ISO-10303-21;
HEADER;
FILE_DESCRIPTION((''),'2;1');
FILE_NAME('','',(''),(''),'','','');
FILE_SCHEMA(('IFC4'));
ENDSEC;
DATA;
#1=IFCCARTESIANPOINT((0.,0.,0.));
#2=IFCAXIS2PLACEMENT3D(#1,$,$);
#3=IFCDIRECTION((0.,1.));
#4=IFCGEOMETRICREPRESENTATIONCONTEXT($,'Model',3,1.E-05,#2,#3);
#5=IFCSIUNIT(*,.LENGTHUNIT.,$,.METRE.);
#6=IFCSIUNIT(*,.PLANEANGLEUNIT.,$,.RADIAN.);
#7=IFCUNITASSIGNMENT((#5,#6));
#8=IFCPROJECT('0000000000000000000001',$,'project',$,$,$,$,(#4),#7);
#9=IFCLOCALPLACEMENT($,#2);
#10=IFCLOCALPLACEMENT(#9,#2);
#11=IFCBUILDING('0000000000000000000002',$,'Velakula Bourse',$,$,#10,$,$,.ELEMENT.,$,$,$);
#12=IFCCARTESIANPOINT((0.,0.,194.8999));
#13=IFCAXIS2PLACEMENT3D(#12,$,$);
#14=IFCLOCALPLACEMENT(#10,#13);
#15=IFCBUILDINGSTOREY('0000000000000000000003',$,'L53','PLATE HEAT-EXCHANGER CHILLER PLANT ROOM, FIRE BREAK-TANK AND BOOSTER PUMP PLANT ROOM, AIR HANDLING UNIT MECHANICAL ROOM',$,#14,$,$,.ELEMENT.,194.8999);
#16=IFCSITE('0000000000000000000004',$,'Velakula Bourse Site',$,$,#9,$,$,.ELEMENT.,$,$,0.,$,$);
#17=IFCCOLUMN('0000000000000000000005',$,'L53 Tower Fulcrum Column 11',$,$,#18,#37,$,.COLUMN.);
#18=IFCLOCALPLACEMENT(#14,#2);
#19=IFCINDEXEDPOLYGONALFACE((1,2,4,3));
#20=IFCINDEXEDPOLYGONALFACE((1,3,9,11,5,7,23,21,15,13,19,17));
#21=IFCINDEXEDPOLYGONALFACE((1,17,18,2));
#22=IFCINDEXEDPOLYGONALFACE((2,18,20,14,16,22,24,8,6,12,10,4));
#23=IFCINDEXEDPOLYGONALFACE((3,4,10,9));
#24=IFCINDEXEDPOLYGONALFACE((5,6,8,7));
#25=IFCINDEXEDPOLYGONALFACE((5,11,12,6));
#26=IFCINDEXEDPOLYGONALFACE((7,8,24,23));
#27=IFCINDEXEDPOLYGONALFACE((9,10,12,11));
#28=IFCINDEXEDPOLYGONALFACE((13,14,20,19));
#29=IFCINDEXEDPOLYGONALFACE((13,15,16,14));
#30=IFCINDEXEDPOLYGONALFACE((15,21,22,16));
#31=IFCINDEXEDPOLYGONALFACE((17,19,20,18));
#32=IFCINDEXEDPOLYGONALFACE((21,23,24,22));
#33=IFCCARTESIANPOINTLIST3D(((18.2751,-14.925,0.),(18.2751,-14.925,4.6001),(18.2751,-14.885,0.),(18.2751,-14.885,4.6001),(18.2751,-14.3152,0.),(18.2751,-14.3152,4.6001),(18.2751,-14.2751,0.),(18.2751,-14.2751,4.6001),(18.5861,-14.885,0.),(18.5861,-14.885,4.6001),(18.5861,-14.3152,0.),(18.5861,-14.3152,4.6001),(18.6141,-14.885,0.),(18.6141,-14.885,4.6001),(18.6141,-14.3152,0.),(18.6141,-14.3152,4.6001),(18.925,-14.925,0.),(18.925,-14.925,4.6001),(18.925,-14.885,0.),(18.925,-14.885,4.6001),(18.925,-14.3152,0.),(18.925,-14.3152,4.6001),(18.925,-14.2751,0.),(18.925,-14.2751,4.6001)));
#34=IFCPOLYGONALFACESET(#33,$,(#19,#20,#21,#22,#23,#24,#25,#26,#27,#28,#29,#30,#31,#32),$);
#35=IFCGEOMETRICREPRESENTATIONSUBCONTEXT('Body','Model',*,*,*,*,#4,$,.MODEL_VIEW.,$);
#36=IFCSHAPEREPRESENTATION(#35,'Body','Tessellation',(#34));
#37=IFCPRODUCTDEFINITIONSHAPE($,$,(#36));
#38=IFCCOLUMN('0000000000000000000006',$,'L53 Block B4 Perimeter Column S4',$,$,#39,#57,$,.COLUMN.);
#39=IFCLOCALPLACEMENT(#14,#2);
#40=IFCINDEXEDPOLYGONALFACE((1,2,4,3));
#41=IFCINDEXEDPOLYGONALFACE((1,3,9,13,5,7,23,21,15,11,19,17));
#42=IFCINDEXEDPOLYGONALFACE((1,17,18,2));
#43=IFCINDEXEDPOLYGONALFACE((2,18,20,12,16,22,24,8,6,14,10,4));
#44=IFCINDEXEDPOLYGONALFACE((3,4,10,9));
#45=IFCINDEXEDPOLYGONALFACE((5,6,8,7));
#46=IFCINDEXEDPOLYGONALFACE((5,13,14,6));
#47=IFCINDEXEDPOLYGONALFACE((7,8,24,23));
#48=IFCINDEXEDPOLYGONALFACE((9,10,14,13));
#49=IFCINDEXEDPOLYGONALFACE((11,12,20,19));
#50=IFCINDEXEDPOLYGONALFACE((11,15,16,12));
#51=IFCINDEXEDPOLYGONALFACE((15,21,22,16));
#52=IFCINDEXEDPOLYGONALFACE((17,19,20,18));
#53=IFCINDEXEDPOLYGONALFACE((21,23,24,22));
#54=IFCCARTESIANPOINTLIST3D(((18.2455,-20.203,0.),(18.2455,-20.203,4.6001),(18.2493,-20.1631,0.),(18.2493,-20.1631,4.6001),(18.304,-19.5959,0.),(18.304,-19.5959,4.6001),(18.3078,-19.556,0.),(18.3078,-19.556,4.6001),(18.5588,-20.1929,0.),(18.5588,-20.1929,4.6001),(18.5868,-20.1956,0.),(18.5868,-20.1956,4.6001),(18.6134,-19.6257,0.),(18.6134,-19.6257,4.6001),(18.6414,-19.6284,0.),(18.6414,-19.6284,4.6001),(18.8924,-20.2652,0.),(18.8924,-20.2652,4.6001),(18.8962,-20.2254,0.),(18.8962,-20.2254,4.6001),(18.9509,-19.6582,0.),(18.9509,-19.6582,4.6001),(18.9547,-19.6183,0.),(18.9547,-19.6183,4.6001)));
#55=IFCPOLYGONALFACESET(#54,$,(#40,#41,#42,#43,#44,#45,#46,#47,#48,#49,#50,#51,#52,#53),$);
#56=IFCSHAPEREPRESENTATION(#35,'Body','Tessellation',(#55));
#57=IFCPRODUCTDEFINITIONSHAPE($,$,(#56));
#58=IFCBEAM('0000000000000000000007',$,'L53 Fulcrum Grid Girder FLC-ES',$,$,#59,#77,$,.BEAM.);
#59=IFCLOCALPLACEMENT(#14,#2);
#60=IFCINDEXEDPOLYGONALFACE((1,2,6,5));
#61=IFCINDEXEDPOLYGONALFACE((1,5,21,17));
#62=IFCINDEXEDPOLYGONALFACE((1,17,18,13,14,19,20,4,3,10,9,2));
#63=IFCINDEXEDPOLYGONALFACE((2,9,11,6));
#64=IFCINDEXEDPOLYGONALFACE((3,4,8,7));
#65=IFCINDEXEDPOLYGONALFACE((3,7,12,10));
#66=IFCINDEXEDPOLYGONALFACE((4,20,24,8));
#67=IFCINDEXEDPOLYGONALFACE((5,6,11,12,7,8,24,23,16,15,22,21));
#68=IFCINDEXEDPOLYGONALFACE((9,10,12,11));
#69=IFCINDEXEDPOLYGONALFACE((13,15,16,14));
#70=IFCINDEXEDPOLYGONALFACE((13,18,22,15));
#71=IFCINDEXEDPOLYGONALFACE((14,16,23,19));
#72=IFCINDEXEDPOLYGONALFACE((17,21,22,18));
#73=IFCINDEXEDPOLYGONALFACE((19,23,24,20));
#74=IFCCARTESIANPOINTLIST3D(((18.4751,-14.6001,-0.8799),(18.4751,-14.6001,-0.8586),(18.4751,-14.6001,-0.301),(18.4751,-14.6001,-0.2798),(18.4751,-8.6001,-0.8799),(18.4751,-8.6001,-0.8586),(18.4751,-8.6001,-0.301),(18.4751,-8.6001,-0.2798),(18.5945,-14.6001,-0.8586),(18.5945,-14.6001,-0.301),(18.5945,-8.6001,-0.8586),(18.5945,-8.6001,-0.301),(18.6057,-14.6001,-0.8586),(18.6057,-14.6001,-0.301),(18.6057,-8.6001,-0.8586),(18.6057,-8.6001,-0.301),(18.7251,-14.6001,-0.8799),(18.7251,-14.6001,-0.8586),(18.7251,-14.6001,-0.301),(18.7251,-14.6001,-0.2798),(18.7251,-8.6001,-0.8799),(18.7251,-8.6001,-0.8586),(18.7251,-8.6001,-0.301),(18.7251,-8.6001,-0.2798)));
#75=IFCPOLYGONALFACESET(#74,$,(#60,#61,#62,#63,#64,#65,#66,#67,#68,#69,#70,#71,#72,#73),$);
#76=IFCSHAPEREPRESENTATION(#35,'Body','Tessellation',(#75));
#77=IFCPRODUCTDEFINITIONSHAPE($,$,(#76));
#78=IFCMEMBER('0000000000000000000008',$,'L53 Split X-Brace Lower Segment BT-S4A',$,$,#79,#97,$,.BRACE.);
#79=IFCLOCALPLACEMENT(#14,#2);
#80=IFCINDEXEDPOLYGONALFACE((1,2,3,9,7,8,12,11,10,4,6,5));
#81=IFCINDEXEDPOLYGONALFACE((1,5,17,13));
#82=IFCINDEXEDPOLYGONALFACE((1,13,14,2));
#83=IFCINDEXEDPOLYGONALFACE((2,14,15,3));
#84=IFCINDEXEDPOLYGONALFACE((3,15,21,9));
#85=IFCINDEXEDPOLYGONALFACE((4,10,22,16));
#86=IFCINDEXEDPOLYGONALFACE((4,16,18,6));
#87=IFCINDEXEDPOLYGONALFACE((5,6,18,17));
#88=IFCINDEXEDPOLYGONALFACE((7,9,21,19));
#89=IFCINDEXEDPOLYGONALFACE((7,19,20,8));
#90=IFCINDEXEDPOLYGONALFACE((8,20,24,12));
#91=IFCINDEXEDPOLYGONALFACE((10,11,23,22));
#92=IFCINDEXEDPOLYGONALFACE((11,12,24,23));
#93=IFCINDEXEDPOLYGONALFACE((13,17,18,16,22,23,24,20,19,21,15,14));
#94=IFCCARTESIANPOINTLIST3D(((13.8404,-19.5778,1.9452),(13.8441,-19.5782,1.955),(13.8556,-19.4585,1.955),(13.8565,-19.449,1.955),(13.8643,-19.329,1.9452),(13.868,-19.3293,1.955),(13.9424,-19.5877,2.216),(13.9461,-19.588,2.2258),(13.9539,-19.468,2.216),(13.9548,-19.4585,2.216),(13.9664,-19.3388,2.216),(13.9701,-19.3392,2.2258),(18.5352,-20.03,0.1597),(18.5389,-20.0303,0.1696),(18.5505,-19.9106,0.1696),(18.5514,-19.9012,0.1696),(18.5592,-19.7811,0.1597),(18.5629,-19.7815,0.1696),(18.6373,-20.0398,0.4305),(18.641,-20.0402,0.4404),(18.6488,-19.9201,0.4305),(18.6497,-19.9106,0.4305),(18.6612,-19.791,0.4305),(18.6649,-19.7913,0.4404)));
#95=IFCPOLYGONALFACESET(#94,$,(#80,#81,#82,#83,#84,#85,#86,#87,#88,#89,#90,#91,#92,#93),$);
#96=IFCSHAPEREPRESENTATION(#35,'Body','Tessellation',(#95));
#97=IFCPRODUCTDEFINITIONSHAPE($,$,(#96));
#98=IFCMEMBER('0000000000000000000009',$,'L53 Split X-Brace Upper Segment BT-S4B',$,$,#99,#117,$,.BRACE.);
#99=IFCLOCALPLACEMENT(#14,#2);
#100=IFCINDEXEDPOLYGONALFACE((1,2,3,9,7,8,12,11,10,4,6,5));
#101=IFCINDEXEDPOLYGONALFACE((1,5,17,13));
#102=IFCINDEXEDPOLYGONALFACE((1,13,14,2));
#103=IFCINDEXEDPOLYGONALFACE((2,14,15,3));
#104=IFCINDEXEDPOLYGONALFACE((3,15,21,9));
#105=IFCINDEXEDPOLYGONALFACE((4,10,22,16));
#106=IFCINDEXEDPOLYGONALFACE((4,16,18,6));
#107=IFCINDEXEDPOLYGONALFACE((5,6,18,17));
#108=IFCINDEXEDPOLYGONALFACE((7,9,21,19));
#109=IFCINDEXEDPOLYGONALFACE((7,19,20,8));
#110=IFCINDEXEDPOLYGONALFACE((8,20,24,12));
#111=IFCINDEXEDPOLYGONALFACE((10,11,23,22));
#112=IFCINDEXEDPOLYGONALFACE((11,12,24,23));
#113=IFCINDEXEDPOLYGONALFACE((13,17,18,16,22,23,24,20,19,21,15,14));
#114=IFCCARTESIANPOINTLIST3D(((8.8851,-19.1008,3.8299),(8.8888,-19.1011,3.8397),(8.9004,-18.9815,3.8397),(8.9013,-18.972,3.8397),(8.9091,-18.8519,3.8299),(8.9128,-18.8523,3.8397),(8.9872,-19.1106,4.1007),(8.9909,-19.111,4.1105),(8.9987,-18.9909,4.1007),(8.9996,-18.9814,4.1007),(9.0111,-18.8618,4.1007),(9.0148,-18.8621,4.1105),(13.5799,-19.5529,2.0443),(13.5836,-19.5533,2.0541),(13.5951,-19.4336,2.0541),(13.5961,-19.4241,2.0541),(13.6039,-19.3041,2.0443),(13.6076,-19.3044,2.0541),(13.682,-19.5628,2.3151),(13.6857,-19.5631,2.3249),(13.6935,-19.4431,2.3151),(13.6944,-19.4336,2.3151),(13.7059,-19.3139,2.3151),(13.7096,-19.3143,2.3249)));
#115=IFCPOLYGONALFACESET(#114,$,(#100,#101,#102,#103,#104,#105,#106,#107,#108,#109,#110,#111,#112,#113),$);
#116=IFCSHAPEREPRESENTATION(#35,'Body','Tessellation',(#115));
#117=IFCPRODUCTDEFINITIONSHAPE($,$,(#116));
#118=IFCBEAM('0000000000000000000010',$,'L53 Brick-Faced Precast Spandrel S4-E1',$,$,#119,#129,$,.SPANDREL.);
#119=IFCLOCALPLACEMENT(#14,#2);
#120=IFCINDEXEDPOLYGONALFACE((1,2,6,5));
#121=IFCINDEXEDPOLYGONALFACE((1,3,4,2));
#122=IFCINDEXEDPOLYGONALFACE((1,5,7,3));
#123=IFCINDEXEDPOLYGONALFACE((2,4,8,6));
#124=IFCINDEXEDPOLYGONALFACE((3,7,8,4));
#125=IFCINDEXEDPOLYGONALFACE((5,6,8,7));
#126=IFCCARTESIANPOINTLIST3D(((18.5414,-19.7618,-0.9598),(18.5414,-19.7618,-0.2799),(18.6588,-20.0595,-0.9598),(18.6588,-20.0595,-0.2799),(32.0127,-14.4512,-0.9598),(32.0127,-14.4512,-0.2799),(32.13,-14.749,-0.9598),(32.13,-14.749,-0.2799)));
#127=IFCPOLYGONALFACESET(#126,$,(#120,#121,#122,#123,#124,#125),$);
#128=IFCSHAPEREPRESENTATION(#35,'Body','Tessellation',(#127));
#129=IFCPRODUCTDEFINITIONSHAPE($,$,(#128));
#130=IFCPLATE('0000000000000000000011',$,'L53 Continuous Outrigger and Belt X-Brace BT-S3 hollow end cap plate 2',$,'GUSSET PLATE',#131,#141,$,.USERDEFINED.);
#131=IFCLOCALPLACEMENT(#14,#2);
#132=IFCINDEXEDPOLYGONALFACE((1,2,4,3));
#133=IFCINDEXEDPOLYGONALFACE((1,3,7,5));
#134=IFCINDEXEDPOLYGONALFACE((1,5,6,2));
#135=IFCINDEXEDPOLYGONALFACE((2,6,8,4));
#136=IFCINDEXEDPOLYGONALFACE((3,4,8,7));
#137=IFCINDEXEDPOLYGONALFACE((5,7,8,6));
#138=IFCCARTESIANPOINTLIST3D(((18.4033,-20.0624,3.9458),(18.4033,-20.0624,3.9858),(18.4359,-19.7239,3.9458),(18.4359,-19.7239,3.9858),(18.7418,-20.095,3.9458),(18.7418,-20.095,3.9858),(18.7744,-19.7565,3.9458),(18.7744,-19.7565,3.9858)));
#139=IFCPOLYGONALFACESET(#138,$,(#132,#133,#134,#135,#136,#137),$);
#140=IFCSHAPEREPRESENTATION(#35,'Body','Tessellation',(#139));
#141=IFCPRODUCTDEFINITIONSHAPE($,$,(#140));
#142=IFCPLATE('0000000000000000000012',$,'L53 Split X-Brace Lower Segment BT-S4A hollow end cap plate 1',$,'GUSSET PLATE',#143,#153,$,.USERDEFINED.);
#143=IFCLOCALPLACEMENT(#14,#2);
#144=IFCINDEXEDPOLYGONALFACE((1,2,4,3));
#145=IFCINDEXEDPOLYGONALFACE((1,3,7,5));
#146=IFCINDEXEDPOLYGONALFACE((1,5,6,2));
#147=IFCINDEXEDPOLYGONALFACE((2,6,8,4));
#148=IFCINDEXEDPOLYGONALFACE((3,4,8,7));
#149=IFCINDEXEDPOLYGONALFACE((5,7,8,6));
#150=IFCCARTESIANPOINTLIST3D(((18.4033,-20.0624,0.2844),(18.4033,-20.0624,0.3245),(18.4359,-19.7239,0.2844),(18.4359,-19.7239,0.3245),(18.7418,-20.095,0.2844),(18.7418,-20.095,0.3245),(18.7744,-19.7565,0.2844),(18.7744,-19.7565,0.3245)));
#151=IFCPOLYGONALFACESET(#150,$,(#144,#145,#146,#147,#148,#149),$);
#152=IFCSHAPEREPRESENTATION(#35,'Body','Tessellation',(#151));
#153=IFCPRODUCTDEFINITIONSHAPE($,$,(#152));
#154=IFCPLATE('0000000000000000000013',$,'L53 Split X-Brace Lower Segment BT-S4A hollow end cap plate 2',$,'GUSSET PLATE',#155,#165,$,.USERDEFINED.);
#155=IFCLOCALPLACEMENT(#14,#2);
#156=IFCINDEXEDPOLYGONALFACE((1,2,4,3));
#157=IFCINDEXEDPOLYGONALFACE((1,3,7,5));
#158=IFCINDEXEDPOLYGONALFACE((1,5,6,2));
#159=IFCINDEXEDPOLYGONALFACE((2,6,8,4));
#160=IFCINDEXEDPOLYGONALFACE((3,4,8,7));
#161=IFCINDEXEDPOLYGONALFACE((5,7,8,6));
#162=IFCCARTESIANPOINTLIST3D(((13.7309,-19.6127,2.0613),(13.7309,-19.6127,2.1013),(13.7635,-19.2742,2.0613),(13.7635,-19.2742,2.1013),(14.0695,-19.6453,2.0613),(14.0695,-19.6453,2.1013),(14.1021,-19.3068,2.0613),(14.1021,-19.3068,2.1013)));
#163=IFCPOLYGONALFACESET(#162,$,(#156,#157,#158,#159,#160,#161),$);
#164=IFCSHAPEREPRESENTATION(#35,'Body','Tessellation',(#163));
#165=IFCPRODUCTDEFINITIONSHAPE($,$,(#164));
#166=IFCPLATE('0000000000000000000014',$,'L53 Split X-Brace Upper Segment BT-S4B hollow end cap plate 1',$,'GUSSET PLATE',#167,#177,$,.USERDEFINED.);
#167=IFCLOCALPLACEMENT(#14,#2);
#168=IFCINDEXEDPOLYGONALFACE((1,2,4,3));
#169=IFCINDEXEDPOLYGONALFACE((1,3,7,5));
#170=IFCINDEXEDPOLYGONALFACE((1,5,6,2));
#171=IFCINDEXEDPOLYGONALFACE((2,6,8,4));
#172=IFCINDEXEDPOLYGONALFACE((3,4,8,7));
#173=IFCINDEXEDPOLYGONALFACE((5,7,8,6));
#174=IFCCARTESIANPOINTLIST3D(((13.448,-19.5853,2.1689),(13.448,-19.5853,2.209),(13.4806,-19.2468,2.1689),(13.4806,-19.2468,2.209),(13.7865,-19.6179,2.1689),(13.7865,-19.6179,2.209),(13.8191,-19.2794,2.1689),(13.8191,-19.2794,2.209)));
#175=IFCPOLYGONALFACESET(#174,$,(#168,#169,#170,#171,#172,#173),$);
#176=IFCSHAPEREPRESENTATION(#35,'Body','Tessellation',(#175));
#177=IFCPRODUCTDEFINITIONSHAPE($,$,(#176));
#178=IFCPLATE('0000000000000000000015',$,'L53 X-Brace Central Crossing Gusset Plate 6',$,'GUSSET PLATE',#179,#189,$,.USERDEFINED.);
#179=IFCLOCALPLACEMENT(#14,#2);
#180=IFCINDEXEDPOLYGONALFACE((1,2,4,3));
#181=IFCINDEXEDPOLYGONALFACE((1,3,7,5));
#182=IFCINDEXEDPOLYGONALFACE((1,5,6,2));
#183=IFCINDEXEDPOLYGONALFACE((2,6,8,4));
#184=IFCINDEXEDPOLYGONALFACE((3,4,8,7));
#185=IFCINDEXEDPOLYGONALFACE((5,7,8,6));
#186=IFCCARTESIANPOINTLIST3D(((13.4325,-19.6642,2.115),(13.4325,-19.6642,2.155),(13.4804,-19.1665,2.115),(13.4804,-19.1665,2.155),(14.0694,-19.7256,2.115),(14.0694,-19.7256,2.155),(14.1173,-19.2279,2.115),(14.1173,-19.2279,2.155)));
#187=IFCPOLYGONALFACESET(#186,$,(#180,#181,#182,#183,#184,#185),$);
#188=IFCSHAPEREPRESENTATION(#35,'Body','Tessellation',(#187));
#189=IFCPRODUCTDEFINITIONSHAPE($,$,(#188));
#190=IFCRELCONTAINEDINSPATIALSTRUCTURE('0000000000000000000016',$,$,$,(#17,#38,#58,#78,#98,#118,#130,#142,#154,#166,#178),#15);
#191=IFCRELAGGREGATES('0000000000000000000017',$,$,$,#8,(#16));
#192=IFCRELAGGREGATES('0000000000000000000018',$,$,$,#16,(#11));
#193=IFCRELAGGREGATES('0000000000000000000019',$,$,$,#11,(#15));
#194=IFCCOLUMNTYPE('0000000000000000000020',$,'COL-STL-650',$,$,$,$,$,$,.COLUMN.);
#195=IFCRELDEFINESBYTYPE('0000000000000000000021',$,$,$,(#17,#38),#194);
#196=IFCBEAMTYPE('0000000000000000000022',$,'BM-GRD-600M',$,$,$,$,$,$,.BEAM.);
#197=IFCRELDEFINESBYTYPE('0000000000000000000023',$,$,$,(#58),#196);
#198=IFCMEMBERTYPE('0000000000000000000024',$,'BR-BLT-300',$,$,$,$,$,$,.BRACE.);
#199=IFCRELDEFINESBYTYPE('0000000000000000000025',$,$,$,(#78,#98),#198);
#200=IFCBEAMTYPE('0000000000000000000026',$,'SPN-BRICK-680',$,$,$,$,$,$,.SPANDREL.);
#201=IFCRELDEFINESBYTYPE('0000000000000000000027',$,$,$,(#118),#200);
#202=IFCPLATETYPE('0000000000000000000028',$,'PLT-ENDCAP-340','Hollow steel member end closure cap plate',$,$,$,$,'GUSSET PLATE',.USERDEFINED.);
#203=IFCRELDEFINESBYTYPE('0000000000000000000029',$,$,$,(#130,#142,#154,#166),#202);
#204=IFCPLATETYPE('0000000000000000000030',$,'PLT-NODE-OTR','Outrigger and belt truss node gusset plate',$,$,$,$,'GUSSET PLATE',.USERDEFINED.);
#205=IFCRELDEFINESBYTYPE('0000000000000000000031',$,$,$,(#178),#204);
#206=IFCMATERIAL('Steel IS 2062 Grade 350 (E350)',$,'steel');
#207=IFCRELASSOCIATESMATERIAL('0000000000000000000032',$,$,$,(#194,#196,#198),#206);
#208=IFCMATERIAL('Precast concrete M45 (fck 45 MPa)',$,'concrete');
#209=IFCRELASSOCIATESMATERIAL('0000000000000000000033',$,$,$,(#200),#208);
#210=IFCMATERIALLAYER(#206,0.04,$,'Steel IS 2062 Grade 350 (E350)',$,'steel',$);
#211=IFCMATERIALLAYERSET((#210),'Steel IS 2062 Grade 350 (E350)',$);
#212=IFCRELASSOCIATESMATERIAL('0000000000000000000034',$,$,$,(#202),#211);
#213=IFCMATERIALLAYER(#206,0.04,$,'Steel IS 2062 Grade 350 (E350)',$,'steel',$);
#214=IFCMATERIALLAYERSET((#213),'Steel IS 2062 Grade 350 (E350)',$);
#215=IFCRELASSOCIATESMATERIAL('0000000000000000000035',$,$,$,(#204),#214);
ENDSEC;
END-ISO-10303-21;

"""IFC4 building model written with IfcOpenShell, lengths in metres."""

from ifc_helpers import new_model, si_unit, direction, frame, origin, origin_2d, place, context, subcontext, project, spatial, rectangle, i_section, extrude, material, layer, layer_set, material_profile, profile_set, type_object, element, save


model = new_model("IFC4")

# Units and contexts
model_context = context("Model", 3, precision=1e-05, world=origin(), true_north=direction((0.0, 1.0)))
body_context = subcontext(model_context, "Body", "Model", "MODEL_VIEW")
ifc_project = project(units=[si_unit("LENGTHUNIT", "METRE"), si_unit("PLANEANGLEUNIT", "RADIAN")], contexts=[model_context])

# Site, building, storey
site_placement = place(None, origin())
site = spatial("IfcSite", under=ifc_project, at=site_placement, Name="Velakula Bourse Site", CompositionType="ELEMENT", RefElevation=0.0)
building_placement = place(site_placement, origin())
building = spatial("IfcBuilding", under=site, at=building_placement, Name="Velakula Bourse", CompositionType="ELEMENT")
storey_placement = place(building_placement, frame((0.0, 0.0, 194.8999)))
storey = spatial("IfcBuildingStorey", under=building, at=storey_placement, Name="L53", Description="PLATE HEAT-EXCHANGER CHILLER PLANT ROOM, FIRE BREAK-TANK AND BOOSTER PUMP PLANT ROOM, AIR HANDLING UNIT MECHANICAL ROOM", CompositionType="ELEMENT", Elevation=194.8999)

# Columns
ifc_material_1 = material(Name="Steel IS 2062 Grade 350 (E350)", Category="steel")
ifc_material_profile_1 = material_profile(ifc_material_1, i_section(OverallWidth=0.6499, OverallDepth=0.6499, WebThickness=0.0281, FlangeThickness=0.04, at=origin_2d()), Name="Steel IS 2062 Grade 350 (E350)")
ifc_profile_set_1 = profile_set([ifc_material_profile_1], Name="Steel IS 2062 Grade 350 (E350)")
column_type = type_object("IfcColumnType", Name="COL-STL-650", PredefinedType="COLUMN", material=ifc_profile_set_1)
for number, where, z_axis, x_axis, name in (
    (1, (18.6001, -14.6001, 0.0), (0.0, 0.0, 1.0), (1.0, 0.0, 0.0), "L53 Tower Fulcrum Column 11"),
    (2, (18.6001, -19.9106, 0.0), (0.0, 0.0, 1.0), (0.995396, -0.095846, 0.0), "L53 Block B4 Perimeter Column S4"),
):
    element("IfcColumn", number, at=place(storey_placement, frame(where, z_axis=z_axis, x_axis=x_axis)), inside=storey, type_object=column_type, Name=name, PredefinedType="COLUMN", context=body_context, shape_type="SweptSolid", body=[
        extrude(i_section(OverallWidth=0.6499, OverallDepth=0.6499, WebThickness=0.0281, FlangeThickness=0.04, at=origin_2d()), origin(), (0.0, 0.0, 1.0), 4.6001),
    ])

# Beam
ifc_material_profile_2 = material_profile(ifc_material_1, i_section(OverallWidth=0.25, OverallDepth=0.6001, WebThickness=0.0112, FlangeThickness=0.0212, at=origin_2d()), Name="Steel IS 2062 Grade 350 (E350)")
ifc_profile_set_2 = profile_set([ifc_material_profile_2], Name="Steel IS 2062 Grade 350 (E350)")
beam_type_1 = type_object("IfcBeamType", Name="BM-GRD-600M", PredefinedType="BEAM", material=ifc_profile_set_2)
beam_1_placement = place(storey_placement, frame((18.6001, -14.6001, -0.5798), z_axis=(0.0, 1.0, 0.0), x_axis=(-1.0, 0.0, 0.0)))
element("IfcBeam", 3, at=beam_1_placement, inside=storey, type_object=beam_type_1, Name="L53 Fulcrum Grid Girder FLC-ES", PredefinedType="BEAM", context=body_context, shape_type="SweptSolid", body=[
    extrude(i_section(OverallWidth=0.25, OverallDepth=0.6001, WebThickness=0.0112, FlangeThickness=0.0212, at=origin_2d()), origin(), (0.0, 0.0, 1.0), 6.0),
])

# Members
ifc_material_profile_3 = material_profile(ifc_material_1, i_section(OverallWidth=0.25, OverallDepth=0.3, WebThickness=0.0095, FlangeThickness=0.0105, at=origin_2d()), Name="Steel IS 2062 Grade 350 (E350)")
ifc_profile_set_3 = profile_set([ifc_material_profile_3], Name="Steel IS 2062 Grade 350 (E350)")
member_type = type_object("IfcMemberType", Name="BR-BLT-300", PredefinedType="BRACE", material=ifc_profile_set_3)
for number, where, z_axis, x_axis, name in (
    (4, (18.6001, -19.9106, 0.3), (-0.930929, 0.089656, 0.354024), (-0.095864, -0.995394, 0.0), "L53 Split X-Brace Lower Segment BT-S4A"),
    (5, (13.6448, -19.4336, 2.1846), (-0.930913, 0.089654, 0.354066), (-0.095864, -0.995394, 0.0), "L53 Split X-Brace Upper Segment BT-S4B"),
):
    element("IfcMember", number, at=place(storey_placement, frame(where, z_axis=z_axis, x_axis=x_axis)), inside=storey, type_object=member_type, Name=name, PredefinedType="BRACE", context=body_context, shape_type="SweptSolid", body=[
        extrude(i_section(OverallWidth=0.25, OverallDepth=0.3, WebThickness=0.0095, FlangeThickness=0.0105, at=origin_2d()), origin(), (0.0, 0.0, 1.0), 5.0432),
    ])

# Beam
ifc_material_2 = material(Name="Precast concrete M45 (fck 45 MPa)", Category="concrete")
ifc_material_profile_4 = material_profile(ifc_material_2, rectangle(XDim=0.3201, YDim=0.6799, at=origin_2d()), Name="Precast concrete M45 (fck 45 MPa)")
ifc_profile_set_4 = profile_set([ifc_material_profile_4], Name="Precast concrete M45 (fck 45 MPa)")
beam_type_2 = type_object("IfcBeamType", Name="SPN-BRICK-680", PredefinedType="SPANDREL", material=ifc_profile_set_4)
beam_2_placement = place(storey_placement, frame((18.6001, -19.9106, -0.6199), z_axis=(0.930321, 0.366747, 0.0), x_axis=(-0.366747, 0.930321, 0.0)))
element("IfcBeam", 6, at=beam_2_placement, inside=storey, type_object=beam_type_2, Name="L53 Brick-Faced Precast Spandrel S4-E1", PredefinedType="SPANDREL", context=body_context, shape_type="SweptSolid", body=[
    extrude(rectangle(XDim=0.3201, YDim=0.6799, at=origin_2d()), origin(), (0.0, 0.0, 1.0), 14.4802),
])

# Plates
ifc_layer_1 = layer(ifc_material_1, 0.04, Name="Steel IS 2062 Grade 350 (E350)", Category="steel")
ifc_layer_set_1 = layer_set([ifc_layer_1], Name="Steel IS 2062 Grade 350 (E350)")
plate_type_1 = type_object("IfcPlateType", Name="PLT-ENDCAP-340", Description="Hollow steel member end closure cap plate", ElementType="GUSSET PLATE", PredefinedType="USERDEFINED", material=ifc_layer_set_1)
for number, where, z_axis, x_axis, name in (
    (7, (18.5889, -19.9094, 3.9458), (0.0, 0.0, 1.0), (0.995398, -0.095828, 0.0), "L53 Continuous Outrigger and Belt X-Brace BT-S3 hollow end cap plate 2"),
    (8, (18.5889, -19.9094, 0.2844), (0.0, 0.0, 1.0), (-0.995398, 0.095828, 0.0), "L53 Split X-Brace Lower Segment BT-S4A hollow end cap plate 1"),
    (9, (13.9165, -19.4597, 2.0613), (0.0, 0.0, 1.0), (-0.995398, 0.095828, 0.0), "L53 Split X-Brace Lower Segment BT-S4A hollow end cap plate 2"),
    (10, (13.6335, -19.4324, 2.1689), (0.0, 0.0, 1.0), (-0.995398, 0.095828, 0.0), "L53 Split X-Brace Upper Segment BT-S4B hollow end cap plate 1"),
):
    element("IfcPlate", number, at=place(storey_placement, frame(where, z_axis=z_axis, x_axis=x_axis)), inside=storey, type_object=plate_type_1, Name=name, ObjectType="GUSSET PLATE", PredefinedType="USERDEFINED", context=body_context, shape_type="SweptSolid", body=[
        extrude(rectangle(XDim=0.3401, YDim=0.3401, at=origin_2d()), origin(), (0.0, 0.0, 1.0), 0.04),
    ])
ifc_layer_2 = layer(ifc_material_1, 0.04, Name="Steel IS 2062 Grade 350 (E350)", Category="steel")
ifc_layer_set_2 = layer_set([ifc_layer_2], Name="Steel IS 2062 Grade 350 (E350)")
plate_type_2 = type_object("IfcPlateType", Name="PLT-NODE-OTR", Description="Outrigger and belt truss node gusset plate", ElementType="GUSSET PLATE", PredefinedType="USERDEFINED", material=ifc_layer_set_2)
plate_placement = place(storey_placement, frame((13.7749, -19.446, 2.115), z_axis=(0.0, 0.0, 1.0), x_axis=(0.995398, -0.095828, 0.0)))
element("IfcPlate", 11, at=plate_placement, inside=storey, type_object=plate_type_2, Name="L53 X-Brace Central Crossing Gusset Plate 6", ObjectType="GUSSET PLATE", PredefinedType="USERDEFINED", context=body_context, shape_type="SweptSolid", body=[
    extrude(rectangle(XDim=0.6399, YDim=0.5, at=origin_2d()), origin(), (0.0, 0.0, 1.0), 0.04),
])

save(model, "model.ifc")
